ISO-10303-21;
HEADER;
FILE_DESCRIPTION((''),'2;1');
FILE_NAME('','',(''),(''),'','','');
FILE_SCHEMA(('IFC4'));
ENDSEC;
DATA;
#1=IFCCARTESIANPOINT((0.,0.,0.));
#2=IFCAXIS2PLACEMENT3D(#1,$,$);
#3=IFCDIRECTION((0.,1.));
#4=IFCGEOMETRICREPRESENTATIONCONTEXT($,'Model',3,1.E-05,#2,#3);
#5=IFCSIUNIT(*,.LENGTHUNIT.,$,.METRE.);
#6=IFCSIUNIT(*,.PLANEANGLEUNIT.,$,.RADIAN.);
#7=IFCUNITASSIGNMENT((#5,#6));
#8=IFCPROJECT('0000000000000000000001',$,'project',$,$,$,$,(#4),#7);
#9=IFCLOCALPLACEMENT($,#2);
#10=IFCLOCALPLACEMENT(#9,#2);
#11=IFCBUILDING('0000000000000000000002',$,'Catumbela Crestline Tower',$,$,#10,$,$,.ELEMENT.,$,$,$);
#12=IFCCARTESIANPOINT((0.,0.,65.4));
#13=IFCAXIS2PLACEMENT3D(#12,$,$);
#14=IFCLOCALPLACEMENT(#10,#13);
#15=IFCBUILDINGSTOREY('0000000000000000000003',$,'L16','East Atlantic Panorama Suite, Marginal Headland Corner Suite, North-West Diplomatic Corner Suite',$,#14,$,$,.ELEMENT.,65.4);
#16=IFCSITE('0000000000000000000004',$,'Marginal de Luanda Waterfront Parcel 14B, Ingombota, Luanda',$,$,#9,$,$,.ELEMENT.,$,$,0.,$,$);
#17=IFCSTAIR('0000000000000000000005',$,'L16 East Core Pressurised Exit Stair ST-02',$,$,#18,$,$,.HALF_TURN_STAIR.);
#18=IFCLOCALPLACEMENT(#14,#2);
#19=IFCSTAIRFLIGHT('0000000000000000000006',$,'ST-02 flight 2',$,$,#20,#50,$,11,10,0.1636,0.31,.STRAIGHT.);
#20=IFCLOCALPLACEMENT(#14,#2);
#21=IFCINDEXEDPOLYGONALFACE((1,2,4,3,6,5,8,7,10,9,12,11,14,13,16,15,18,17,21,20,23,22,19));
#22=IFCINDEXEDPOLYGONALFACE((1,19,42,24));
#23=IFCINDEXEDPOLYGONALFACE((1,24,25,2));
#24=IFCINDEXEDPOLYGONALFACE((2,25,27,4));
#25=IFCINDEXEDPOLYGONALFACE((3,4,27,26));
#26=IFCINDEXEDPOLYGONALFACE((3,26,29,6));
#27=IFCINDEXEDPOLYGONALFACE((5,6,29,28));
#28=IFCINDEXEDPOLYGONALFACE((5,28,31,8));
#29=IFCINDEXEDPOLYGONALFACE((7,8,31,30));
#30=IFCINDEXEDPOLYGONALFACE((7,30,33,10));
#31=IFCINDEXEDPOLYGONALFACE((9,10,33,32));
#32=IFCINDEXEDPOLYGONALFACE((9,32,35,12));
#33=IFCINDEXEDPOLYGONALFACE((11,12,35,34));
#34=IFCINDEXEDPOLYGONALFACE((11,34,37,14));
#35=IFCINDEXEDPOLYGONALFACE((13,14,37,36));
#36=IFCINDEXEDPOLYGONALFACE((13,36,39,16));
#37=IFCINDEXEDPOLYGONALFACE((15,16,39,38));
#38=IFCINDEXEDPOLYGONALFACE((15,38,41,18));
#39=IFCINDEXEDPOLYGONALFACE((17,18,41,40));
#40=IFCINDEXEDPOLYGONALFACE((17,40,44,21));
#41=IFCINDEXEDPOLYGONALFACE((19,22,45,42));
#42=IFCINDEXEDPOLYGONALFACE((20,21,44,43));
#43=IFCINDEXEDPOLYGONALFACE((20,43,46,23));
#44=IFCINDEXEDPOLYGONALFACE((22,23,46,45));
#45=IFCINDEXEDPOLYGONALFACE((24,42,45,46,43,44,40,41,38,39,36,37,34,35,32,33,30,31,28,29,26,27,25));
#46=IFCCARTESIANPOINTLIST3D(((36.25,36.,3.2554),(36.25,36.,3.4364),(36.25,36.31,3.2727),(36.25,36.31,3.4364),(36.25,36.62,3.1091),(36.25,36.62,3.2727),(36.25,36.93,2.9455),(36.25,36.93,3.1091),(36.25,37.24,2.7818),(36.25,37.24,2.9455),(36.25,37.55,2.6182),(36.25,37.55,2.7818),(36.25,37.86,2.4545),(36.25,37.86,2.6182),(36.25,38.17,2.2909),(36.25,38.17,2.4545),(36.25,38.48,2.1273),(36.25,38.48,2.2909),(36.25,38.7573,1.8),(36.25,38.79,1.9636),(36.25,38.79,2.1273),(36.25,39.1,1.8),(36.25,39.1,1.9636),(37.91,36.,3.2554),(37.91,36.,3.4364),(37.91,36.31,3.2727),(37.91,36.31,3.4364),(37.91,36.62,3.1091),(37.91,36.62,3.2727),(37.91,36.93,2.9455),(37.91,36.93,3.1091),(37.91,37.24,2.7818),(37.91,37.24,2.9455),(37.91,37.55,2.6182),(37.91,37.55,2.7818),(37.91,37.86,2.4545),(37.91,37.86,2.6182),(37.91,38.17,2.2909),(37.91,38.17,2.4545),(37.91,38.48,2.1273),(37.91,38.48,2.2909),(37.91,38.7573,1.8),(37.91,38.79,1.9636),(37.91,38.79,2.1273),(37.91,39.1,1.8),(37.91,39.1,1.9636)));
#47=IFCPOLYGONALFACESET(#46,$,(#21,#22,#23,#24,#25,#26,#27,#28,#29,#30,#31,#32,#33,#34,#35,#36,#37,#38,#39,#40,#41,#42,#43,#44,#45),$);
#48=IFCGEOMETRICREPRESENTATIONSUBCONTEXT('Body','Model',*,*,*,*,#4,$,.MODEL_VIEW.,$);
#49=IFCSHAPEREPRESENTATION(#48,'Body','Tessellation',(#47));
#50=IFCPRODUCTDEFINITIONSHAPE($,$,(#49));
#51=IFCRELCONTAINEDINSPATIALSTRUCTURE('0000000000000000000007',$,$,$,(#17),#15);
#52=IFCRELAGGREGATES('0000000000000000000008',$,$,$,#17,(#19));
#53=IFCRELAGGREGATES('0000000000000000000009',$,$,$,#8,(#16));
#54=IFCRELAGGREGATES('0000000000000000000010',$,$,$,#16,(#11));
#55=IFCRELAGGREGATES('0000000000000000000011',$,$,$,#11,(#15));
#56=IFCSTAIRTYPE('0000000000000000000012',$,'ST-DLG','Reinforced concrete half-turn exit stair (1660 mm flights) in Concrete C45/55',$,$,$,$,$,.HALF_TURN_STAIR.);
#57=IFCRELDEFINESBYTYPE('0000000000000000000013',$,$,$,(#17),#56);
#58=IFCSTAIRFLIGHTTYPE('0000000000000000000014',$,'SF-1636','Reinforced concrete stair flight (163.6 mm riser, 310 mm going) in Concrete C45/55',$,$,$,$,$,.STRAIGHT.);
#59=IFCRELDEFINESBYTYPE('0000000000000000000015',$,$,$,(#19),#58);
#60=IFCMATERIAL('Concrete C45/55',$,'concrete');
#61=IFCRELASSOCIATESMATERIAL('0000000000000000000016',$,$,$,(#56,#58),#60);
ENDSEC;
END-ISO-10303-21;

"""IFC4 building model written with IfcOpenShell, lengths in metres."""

from ifc_helpers import new_model, si_unit, direction, frame, origin, place, context, subcontext, project, spatial, polyline, outline, extrude, material, type_object, element, aggregate, save


model = new_model("IFC4")

# Units and contexts
model_context = context("Model", 3, precision=1e-05, world=origin(), true_north=direction((0.0, 1.0)))
body_context = subcontext(model_context, "Body", "Model", "MODEL_VIEW")
ifc_project = project(units=[si_unit("LENGTHUNIT", "METRE"), si_unit("PLANEANGLEUNIT", "RADIAN")], contexts=[model_context])

# Site, building, storey
site_placement = place(None, origin())
site = spatial("IfcSite", under=ifc_project, at=site_placement, Name="Marginal de Luanda Waterfront Parcel 14B, Ingombota, Luanda", CompositionType="ELEMENT", RefElevation=0.0)
building_placement = place(site_placement, origin())
building = spatial("IfcBuilding", under=site, at=building_placement, Name="Catumbela Crestline Tower", CompositionType="ELEMENT")
storey_placement = place(building_placement, frame((0.0, 0.0, 65.4)))
storey = spatial("IfcBuildingStorey", under=building, at=storey_placement, Name="L16", Description="East Atlantic Panorama Suite, Marginal Headland Corner Suite, North-West Diplomatic Corner Suite", CompositionType="ELEMENT", Elevation=65.4)

# Stair, stair flight
ifc_material_1 = material(Name="Concrete C45/55", Category="concrete")
stair_type = type_object("IfcStairType", Name="ST-DLG", Description="Reinforced concrete half-turn exit stair (1660 mm flights) in Concrete C45/55", PredefinedType="HALF_TURN_STAIR", material=ifc_material_1)
stair_placement = place(storey_placement, origin())
stair = element("IfcStair", 1, at=stair_placement, inside=storey, type_object=stair_type, Name="L16 East Core Pressurised Exit Stair ST-02", PredefinedType="HALF_TURN_STAIR")
stair_flight_type = type_object("IfcStairFlightType", Name="SF-1636", Description="Reinforced concrete stair flight (163.6 mm riser, 310 mm going) in Concrete C45/55", PredefinedType="STRAIGHT", material=ifc_material_1)
stair_flight_1_placement = place(storey_placement, frame((37.08, 39.1, 1.8), z_axis=(0.0, 0.0, 1.0), x_axis=(0.0, -1.0, 0.0)))
stair_flight_1 = element("IfcStairFlight", 2, at=stair_flight_1_placement, type_object=stair_flight_type, Name="ST-02 flight 2", NumberOfRisers=11, NumberOfTreads=10, PredefinedType="STRAIGHT", RiserHeight=0.1636, TreadLength=0.31, context=body_context, shape_type="SweptSolid", body=[
    extrude(outline(polyline([(0.0, 0.0), (0.0, 0.1636), (0.31, 0.1636), (0.31, 0.3273), (0.62, 0.3273), (0.62, 0.4909), (0.93, 0.4909), (0.93, 0.6545), (1.24, 0.6545), (1.24, 0.8182), (1.55, 0.8182), (1.55, 0.9818), (1.86, 0.9818), (1.86, 1.1455), (2.17, 1.1455), (2.17, 1.3091), (2.48, 1.3091), (2.48, 1.4727), (2.79, 1.4727), (2.79, 1.6364), (3.1, 1.6364), (3.1, 1.8), (3.1, 1.4554), (0.3427, 0.0), (0.0, 0.0)])), frame((0.0, 0.83, 0.0), z_axis=(0.0, -1.0, 0.0), x_axis=(1.0, 0.0, 0.0)), (0.0, 0.0, 1.0), 1.66),
])
aggregate(stair, [stair_flight_1])

save(model, "model.ifc")
